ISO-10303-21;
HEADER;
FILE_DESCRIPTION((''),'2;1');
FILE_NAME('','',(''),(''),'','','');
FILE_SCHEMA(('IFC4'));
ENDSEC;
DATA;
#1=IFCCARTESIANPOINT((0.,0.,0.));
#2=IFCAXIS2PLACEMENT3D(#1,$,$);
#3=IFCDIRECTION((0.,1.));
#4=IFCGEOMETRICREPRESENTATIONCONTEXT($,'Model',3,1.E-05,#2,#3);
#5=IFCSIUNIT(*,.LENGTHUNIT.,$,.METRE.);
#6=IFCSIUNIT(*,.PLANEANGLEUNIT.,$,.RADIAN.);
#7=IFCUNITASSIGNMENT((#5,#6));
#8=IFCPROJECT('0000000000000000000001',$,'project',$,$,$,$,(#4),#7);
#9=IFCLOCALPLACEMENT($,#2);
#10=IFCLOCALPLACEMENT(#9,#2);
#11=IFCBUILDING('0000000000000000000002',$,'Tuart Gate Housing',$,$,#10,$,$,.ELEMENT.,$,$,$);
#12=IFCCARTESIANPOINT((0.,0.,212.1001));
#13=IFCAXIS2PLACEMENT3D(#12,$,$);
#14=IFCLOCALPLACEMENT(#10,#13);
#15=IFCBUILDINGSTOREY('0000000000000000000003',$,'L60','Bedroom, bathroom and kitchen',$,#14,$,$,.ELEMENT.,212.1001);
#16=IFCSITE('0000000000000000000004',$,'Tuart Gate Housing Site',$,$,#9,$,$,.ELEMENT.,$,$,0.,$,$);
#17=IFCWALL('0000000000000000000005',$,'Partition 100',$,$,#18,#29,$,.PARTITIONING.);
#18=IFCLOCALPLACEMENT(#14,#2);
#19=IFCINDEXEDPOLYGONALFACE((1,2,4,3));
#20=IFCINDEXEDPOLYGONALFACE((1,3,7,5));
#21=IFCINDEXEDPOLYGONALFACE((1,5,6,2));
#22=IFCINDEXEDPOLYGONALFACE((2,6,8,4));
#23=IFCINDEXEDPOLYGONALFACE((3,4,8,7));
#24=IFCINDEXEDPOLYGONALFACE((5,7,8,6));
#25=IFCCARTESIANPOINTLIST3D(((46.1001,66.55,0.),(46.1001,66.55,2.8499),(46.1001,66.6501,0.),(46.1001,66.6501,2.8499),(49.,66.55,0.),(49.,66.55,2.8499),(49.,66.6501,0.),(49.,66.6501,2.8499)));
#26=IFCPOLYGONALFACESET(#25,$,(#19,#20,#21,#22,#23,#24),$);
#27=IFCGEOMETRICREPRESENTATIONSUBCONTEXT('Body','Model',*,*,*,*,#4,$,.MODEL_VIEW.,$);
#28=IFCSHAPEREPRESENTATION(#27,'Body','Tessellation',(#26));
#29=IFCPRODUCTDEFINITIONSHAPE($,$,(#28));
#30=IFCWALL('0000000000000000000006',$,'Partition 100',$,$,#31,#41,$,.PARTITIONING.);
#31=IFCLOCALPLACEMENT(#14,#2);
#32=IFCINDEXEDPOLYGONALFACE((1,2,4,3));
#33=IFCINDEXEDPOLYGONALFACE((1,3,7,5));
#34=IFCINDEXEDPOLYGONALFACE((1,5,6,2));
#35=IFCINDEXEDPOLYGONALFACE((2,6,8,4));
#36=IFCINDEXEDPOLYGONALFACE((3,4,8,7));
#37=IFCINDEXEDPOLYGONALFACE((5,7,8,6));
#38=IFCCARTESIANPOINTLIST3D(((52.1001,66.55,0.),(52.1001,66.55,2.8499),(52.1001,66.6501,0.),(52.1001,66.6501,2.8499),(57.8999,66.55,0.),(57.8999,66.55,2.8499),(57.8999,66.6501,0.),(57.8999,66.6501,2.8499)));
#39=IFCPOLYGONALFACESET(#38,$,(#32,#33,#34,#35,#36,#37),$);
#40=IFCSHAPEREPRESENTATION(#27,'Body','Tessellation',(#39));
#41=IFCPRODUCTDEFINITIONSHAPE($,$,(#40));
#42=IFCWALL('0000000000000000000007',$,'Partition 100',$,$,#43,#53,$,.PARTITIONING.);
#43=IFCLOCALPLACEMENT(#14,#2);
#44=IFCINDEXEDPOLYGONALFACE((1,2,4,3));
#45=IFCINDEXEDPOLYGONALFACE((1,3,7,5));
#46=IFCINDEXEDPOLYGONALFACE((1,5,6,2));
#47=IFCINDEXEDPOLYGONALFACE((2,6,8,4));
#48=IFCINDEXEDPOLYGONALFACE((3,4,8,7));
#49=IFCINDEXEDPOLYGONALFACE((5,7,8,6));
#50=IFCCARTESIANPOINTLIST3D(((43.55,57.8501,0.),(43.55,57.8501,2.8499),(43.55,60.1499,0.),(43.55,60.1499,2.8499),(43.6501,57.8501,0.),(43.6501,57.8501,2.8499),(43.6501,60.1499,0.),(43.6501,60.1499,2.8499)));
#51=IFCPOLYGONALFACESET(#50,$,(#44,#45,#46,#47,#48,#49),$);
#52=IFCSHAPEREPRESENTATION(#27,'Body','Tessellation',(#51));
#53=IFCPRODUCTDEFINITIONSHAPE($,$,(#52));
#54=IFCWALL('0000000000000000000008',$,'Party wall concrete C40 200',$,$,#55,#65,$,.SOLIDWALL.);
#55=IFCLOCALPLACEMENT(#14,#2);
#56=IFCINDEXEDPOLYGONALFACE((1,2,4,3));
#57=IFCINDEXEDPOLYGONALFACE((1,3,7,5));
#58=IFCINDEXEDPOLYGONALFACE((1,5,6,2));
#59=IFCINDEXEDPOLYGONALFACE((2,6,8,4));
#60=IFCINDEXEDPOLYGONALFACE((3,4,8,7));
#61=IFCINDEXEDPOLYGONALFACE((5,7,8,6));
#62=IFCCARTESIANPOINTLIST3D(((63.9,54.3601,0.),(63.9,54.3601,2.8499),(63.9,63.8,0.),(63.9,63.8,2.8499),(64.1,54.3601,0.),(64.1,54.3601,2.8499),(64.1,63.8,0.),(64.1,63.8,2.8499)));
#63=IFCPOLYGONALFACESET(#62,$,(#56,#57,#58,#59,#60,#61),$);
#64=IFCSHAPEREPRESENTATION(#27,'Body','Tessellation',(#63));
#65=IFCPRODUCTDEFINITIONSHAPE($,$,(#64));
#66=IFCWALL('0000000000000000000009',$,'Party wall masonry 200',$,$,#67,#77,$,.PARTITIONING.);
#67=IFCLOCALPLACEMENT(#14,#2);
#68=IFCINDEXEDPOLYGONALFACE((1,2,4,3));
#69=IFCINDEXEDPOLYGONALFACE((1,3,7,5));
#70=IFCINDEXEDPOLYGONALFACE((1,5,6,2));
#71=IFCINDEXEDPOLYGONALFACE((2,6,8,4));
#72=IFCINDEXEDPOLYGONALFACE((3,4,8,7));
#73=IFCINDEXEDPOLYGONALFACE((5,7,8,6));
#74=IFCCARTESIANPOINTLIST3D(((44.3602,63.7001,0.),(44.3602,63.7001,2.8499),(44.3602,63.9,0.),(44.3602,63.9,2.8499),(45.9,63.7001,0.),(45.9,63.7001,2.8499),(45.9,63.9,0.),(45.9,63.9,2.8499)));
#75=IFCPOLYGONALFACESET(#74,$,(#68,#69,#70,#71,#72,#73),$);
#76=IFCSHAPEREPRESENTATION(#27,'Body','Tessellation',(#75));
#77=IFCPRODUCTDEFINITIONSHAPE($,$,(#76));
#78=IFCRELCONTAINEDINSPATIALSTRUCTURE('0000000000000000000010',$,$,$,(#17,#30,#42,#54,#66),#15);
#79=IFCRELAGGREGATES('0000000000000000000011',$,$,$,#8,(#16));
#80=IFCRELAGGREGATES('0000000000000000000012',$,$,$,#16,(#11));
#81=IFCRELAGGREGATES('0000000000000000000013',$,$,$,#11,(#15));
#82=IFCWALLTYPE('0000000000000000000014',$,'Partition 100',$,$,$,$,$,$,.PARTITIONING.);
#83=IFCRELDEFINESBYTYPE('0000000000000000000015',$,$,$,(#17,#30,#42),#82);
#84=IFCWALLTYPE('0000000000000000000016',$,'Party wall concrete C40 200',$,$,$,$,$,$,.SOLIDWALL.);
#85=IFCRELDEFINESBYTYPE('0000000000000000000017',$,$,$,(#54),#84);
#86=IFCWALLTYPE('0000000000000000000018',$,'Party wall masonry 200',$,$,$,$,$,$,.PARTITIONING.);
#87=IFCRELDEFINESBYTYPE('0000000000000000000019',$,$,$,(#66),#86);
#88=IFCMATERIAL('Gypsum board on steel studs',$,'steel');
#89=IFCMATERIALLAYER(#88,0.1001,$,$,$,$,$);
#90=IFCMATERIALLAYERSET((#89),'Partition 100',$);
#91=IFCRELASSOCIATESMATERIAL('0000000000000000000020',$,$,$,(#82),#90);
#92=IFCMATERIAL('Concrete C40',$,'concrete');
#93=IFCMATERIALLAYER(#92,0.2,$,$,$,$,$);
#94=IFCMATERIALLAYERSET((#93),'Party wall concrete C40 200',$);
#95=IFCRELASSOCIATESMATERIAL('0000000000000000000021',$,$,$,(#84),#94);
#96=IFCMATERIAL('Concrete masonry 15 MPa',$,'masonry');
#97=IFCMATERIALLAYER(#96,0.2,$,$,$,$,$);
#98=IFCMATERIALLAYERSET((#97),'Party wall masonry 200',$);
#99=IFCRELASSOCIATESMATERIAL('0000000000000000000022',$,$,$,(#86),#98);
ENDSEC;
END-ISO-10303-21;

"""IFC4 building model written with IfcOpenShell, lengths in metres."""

from ifc_helpers import new_model, si_unit, direction, frame, frame_2d, origin, place, context, subcontext, project, spatial, rectangle, extrude, material, layer, layer_set, type_object, element, save


model = new_model("IFC4")

# Units and contexts
model_context = context("Model", 3, precision=1e-05, world=origin(), true_north=direction((0.0, 1.0)))
body_context = subcontext(model_context, "Body", "Model", "MODEL_VIEW")
ifc_project = project(units=[si_unit("LENGTHUNIT", "METRE"), si_unit("PLANEANGLEUNIT", "RADIAN")], contexts=[model_context])

# Site, building, storey
site_placement = place(None, origin())
site = spatial("IfcSite", under=ifc_project, at=site_placement, Name="Tuart Gate Housing Site", CompositionType="ELEMENT", RefElevation=0.0)
building_placement = place(site_placement, origin())
building = spatial("IfcBuilding", under=site, at=building_placement, Name="Tuart Gate Housing", CompositionType="ELEMENT")
storey_placement = place(building_placement, frame((0.0, 0.0, 212.1001)))
storey = spatial("IfcBuildingStorey", under=building, at=storey_placement, Name="L60", Description="Bedroom, bathroom and kitchen", CompositionType="ELEMENT", Elevation=212.1001)

# Shared definitions
ifc_material_1 = material(Name="Gypsum board on steel studs", Category="steel")
ifc_layer_1 = layer(ifc_material_1, 0.1001)
ifc_layer_set_1 = layer_set([ifc_layer_1], Name="Partition 100")
wall_type_1 = type_object("IfcWallType", Name="Partition 100", PredefinedType="PARTITIONING", material=ifc_layer_set_1)

# Walls
wall_1_placement = place(storey_placement, frame((46.1001, 66.6001, 0.0), z_axis=(0.0, 0.0, 1.0), x_axis=(1.0, 0.0, 0.0)))
element("IfcWall", 1, at=wall_1_placement, inside=storey, type_object=wall_type_1, Name="Partition 100", PredefinedType="PARTITIONING", context=body_context, shape_type="SweptSolid", body=[
    extrude(rectangle(XDim=2.8999, YDim=0.1001, at=frame_2d((1.45, 0.0))), origin(), (0.0, 0.0, 1.0), 2.8499),
])
wall_2_placement = place(storey_placement, frame((52.1001, 66.6001, 0.0), z_axis=(0.0, 0.0, 1.0), x_axis=(1.0, 0.0, 0.0)))
element("IfcWall", 2, at=wall_2_placement, inside=storey, type_object=wall_type_1, Name="Partition 100", PredefinedType="PARTITIONING", context=body_context, shape_type="SweptSolid", body=[
    extrude(rectangle(XDim=5.7998, YDim=0.1001, at=frame_2d((2.8999, 0.0))), origin(), (0.0, 0.0, 1.0), 2.8499),
])
wall_3_placement = place(storey_placement, frame((43.6001, 57.8501, 0.0), z_axis=(0.0, 0.0, 1.0), x_axis=(0.0, 1.0, 0.0)))
element("IfcWall", 3, at=wall_3_placement, inside=storey, type_object=wall_type_1, Name="Partition 100", PredefinedType="PARTITIONING", context=body_context, shape_type="SweptSolid", body=[
    extrude(rectangle(XDim=2.2998, YDim=0.1001, at=frame_2d((1.1499, 0.0))), origin(), (0.0, 0.0, 1.0), 2.8499),
])
ifc_material_2 = material(Name="Concrete C40", Category="concrete")
ifc_layer_2 = layer(ifc_material_2, 0.2)
ifc_layer_set_2 = layer_set([ifc_layer_2], Name="Party wall concrete C40 200")
wall_type_2 = type_object("IfcWallType", Name="Party wall concrete C40 200", PredefinedType="SOLIDWALL", material=ifc_layer_set_2)
wall_4_placement = place(storey_placement, frame((64.0, 54.3601, 0.0), z_axis=(0.0, 0.0, 1.0), x_axis=(0.0, 1.0, 0.0)))
element("IfcWall", 4, at=wall_4_placement, inside=storey, type_object=wall_type_2, Name="Party wall concrete C40 200", PredefinedType="SOLIDWALL", context=body_context, shape_type="SweptSolid", body=[
    extrude(rectangle(XDim=9.4399, YDim=0.2, at=frame_2d((4.72, 0.0))), origin(), (0.0, 0.0, 1.0), 2.8499),
])
ifc_material_3 = material(Name="Concrete masonry 15 MPa", Category="masonry")
ifc_layer_3 = layer(ifc_material_3, 0.2)
ifc_layer_set_3 = layer_set([ifc_layer_3], Name="Party wall masonry 200")
wall_type_3 = type_object("IfcWallType", Name="Party wall masonry 200", PredefinedType="PARTITIONING", material=ifc_layer_set_3)
wall_5_placement = place(storey_placement, frame((44.3601, 63.8, 0.0), z_axis=(0.0, 0.0, 1.0), x_axis=(1.0, 0.0, 0.0)))
element("IfcWall", 5, at=wall_5_placement, inside=storey, type_object=wall_type_3, Name="Party wall masonry 200", PredefinedType="PARTITIONING", context=body_context, shape_type="SweptSolid", body=[
    extrude(rectangle(XDim=1.5398, YDim=0.2, at=frame_2d((0.77, 0.0))), origin(), (0.0, 0.0, 1.0), 2.8499),
])

save(model, "model.ifc")
